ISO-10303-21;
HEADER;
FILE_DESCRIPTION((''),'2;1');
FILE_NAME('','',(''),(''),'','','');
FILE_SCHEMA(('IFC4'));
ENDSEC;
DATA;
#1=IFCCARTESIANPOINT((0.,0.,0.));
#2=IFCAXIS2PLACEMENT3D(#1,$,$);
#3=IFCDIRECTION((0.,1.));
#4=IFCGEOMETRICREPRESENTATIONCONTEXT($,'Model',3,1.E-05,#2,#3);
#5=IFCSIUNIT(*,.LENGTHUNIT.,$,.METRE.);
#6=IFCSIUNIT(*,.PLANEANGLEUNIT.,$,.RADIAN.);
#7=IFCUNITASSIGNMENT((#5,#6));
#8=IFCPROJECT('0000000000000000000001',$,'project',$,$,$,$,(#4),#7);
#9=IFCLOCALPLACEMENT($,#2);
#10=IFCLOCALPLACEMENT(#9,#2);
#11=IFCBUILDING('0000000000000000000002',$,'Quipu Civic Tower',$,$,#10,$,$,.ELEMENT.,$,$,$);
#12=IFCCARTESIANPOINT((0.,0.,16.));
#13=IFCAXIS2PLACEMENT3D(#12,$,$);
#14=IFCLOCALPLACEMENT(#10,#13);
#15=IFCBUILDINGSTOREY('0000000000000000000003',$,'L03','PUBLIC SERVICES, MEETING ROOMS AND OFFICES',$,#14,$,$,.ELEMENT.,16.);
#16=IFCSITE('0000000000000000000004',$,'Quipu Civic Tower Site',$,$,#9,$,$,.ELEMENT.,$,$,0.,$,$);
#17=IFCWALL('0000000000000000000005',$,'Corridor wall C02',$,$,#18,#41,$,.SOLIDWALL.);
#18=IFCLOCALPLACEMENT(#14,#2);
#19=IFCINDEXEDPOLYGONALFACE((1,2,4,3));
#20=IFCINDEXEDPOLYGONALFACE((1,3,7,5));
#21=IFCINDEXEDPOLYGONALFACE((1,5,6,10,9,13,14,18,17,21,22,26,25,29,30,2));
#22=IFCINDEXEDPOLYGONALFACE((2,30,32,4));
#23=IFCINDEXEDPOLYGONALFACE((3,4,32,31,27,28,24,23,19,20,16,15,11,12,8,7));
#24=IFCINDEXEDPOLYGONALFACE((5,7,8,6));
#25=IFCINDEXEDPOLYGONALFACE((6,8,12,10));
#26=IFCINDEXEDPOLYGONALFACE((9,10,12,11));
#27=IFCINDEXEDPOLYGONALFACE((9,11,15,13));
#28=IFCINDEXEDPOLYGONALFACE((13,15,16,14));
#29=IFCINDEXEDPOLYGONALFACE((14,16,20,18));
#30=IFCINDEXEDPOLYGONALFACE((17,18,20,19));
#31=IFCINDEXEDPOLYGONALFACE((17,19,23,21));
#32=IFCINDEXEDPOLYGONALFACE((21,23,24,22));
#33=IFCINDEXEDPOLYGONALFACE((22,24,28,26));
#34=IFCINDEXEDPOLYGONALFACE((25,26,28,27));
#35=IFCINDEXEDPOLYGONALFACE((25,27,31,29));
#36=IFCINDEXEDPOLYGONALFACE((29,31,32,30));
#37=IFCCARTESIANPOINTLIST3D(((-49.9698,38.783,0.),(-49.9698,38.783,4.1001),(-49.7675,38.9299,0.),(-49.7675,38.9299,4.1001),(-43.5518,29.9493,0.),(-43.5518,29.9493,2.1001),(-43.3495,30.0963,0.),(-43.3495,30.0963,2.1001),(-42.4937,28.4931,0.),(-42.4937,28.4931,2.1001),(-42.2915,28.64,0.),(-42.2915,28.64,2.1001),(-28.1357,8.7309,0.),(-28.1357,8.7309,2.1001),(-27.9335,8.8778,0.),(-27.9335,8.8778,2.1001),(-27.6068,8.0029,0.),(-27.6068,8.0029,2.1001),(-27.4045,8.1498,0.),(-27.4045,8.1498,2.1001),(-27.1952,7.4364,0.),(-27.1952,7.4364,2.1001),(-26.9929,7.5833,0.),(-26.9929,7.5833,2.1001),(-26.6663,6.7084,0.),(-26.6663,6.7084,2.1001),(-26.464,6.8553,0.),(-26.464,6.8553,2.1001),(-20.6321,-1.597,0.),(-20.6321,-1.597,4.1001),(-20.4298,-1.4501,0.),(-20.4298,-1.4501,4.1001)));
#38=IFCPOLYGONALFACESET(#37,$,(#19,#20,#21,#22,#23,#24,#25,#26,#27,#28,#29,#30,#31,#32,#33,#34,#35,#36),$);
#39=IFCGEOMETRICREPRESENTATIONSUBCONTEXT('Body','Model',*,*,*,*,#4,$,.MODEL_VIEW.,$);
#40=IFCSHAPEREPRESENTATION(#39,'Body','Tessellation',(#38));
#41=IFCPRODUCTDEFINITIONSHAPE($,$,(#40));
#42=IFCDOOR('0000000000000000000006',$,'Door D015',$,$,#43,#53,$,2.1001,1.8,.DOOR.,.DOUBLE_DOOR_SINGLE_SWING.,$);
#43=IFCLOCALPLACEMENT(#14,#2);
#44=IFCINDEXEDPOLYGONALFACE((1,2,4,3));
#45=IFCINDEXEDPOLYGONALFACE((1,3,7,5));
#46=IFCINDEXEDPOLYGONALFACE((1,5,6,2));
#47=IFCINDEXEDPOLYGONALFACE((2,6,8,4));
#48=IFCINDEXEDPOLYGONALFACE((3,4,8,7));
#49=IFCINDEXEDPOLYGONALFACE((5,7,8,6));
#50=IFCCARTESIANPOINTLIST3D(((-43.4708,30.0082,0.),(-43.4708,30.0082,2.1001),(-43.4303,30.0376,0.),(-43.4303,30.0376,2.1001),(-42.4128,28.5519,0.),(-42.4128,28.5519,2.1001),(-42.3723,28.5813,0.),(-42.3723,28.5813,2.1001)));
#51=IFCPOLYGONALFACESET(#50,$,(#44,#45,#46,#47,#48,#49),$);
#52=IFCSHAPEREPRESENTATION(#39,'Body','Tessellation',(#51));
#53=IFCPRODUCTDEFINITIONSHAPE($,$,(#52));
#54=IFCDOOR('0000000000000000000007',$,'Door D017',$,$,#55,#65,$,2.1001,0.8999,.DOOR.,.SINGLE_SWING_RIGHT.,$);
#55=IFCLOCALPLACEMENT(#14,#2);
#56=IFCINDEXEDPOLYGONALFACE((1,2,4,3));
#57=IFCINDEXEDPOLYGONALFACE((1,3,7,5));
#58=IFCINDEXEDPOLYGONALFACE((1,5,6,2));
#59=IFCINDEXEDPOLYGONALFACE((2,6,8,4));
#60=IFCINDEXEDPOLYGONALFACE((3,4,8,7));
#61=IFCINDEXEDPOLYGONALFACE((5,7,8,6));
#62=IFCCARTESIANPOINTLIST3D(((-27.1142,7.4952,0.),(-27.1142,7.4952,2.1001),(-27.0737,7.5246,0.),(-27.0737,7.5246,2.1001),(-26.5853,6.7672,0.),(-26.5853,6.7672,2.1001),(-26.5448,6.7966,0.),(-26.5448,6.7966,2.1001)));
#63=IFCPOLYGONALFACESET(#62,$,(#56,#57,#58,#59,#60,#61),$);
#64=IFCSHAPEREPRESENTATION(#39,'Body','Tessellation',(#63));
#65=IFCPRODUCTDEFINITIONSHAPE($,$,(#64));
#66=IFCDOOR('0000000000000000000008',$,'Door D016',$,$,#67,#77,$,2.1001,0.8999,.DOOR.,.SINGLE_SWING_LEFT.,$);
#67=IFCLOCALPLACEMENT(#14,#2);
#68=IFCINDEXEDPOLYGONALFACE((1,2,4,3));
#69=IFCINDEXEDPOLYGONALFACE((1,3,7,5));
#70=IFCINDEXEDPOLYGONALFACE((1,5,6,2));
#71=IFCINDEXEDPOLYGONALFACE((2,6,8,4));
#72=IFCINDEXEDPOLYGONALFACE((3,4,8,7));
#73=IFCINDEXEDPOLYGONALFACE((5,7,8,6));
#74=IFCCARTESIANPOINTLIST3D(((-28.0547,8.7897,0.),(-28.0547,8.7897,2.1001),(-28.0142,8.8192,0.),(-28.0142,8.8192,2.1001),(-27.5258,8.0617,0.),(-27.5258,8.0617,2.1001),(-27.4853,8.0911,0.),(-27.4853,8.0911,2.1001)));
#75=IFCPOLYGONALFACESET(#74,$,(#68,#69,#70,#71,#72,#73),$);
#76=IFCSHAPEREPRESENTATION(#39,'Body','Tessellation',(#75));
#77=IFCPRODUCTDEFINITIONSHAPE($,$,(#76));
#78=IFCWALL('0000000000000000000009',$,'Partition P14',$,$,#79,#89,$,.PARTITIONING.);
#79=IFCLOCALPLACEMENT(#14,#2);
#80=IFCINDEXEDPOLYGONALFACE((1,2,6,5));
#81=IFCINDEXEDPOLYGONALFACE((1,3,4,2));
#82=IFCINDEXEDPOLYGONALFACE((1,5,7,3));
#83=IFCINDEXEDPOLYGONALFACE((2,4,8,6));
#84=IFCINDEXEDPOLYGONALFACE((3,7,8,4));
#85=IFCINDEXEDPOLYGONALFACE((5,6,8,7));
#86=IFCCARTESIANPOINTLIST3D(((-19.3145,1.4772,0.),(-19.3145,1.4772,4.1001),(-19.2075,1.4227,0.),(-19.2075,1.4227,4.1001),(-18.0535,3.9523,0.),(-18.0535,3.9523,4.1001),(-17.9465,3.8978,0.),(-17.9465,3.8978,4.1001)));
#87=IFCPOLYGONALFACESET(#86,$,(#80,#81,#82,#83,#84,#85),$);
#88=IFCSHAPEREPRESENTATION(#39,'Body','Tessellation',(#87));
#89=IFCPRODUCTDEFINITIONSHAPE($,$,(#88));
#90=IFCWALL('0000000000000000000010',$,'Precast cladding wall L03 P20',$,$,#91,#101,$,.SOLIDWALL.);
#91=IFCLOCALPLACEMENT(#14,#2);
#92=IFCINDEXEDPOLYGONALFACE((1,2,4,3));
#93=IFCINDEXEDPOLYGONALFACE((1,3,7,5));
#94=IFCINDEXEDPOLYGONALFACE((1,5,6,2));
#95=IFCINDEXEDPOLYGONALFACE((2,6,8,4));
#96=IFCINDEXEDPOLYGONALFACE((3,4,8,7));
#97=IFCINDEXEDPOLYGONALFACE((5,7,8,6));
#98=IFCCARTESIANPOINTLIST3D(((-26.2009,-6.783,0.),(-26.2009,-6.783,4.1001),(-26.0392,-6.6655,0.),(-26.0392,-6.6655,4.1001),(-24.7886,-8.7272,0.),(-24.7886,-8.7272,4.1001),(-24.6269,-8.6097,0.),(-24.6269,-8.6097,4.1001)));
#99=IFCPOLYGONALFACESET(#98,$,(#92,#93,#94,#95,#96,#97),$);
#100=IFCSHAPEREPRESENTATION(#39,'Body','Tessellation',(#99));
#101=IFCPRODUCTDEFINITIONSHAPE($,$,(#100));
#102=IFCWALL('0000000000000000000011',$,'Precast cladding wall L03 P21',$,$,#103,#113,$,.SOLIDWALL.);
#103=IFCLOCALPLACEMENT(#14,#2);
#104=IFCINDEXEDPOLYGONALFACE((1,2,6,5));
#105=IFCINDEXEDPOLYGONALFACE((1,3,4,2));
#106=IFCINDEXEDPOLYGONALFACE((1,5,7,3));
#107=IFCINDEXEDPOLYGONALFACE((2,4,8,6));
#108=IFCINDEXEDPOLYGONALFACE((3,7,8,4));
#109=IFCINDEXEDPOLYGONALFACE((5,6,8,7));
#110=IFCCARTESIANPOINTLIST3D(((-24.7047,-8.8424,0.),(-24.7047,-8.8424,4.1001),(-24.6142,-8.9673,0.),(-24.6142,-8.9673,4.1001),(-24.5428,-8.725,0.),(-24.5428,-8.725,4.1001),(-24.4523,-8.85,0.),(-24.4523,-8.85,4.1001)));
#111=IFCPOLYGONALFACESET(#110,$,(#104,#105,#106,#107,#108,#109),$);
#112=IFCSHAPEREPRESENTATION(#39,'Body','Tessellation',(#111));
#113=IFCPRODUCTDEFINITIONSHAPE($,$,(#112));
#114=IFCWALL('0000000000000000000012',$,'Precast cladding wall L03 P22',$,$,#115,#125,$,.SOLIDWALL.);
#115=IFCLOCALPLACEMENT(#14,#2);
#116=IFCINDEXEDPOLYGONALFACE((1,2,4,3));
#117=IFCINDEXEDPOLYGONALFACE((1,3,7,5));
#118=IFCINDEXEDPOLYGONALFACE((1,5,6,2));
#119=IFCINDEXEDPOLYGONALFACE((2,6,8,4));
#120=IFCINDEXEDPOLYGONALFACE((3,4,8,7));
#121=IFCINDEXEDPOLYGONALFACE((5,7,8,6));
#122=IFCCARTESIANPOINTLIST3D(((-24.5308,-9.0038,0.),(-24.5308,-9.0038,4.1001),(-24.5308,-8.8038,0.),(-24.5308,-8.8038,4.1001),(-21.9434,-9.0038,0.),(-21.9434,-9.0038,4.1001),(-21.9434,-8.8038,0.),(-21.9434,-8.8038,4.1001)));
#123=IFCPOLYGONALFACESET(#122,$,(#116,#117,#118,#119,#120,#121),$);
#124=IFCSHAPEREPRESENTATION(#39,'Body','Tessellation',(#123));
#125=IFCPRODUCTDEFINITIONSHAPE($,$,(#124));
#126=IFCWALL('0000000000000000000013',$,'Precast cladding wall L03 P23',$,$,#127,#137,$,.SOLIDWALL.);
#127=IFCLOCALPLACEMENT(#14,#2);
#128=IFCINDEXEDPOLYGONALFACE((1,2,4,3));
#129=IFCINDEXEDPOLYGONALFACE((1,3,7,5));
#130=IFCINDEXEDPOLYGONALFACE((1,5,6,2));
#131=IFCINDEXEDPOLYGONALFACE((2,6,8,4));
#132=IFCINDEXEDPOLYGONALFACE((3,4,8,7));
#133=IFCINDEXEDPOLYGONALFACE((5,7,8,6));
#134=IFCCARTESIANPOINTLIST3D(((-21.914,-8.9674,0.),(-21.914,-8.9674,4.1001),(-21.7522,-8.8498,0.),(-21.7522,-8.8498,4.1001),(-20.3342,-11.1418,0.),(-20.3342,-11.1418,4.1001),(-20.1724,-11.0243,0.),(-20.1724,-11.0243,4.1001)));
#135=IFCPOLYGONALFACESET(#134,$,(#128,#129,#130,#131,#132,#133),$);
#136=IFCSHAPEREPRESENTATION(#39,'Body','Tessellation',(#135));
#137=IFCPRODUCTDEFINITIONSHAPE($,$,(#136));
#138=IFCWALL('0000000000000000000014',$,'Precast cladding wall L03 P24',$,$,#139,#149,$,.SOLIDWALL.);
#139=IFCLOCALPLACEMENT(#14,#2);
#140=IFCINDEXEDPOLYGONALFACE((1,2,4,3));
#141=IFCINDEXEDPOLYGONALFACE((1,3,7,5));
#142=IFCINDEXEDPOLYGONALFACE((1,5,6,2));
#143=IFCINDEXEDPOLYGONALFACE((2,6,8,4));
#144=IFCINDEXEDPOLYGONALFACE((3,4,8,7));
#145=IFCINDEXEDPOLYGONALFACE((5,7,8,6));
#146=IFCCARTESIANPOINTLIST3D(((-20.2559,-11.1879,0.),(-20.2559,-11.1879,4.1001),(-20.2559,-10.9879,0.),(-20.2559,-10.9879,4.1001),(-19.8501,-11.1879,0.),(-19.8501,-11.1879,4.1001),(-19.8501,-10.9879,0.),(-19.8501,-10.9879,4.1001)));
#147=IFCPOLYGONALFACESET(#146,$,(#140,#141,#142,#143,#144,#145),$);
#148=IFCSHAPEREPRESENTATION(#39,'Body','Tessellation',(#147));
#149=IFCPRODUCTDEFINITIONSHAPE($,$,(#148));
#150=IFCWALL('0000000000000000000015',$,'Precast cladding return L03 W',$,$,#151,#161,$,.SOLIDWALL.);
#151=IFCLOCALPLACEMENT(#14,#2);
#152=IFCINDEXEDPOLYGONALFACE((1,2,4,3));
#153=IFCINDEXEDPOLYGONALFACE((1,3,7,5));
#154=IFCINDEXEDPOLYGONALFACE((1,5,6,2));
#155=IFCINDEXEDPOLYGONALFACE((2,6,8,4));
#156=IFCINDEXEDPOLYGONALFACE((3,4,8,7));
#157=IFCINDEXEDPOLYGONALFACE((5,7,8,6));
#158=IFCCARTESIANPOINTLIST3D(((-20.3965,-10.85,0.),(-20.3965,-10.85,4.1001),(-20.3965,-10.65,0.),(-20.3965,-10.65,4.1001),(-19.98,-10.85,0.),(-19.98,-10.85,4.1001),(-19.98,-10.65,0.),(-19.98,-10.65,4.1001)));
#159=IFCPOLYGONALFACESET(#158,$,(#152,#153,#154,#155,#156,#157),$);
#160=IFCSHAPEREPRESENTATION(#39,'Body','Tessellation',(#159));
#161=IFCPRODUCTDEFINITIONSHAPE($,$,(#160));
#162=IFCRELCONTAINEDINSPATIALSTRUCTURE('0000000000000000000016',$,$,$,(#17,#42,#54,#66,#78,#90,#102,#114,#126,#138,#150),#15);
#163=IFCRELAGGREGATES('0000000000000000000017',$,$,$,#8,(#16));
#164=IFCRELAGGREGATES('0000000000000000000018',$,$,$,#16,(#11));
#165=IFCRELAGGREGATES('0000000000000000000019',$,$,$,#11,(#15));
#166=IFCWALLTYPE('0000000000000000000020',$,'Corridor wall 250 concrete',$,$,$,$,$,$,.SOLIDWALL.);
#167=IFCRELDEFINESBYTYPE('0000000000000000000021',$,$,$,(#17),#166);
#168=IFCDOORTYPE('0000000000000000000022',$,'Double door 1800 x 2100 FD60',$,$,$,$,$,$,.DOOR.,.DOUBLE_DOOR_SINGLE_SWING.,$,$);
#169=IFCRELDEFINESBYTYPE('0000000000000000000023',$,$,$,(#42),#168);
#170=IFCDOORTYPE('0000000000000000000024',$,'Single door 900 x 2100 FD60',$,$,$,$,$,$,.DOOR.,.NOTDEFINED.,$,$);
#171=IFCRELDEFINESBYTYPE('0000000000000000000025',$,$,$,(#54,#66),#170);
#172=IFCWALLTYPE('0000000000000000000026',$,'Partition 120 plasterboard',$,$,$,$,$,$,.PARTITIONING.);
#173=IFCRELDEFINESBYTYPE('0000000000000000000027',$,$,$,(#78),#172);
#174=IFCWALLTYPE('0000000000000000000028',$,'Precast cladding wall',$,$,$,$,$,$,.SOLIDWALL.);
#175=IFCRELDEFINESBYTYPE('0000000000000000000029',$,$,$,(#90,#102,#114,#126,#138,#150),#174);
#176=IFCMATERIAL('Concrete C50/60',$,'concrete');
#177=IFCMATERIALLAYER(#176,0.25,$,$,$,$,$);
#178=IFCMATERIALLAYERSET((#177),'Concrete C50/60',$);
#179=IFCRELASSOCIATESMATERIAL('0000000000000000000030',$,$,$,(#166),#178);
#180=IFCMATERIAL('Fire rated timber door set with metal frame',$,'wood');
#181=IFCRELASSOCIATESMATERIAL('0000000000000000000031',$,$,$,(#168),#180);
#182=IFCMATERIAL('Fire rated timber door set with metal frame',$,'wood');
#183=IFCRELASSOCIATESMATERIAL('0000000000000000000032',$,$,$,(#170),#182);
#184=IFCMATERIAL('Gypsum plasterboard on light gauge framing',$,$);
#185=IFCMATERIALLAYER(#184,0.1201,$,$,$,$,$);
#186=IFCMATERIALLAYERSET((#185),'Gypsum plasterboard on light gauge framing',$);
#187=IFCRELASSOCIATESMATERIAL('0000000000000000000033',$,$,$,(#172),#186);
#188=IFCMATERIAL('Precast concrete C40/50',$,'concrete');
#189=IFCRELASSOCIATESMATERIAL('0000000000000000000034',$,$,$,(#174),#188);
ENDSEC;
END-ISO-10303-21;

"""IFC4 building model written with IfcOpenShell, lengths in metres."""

from ifc_helpers import new_model, si_unit, direction, frame, frame_2d, origin, place, context, subcontext, project, spatial, rectangle, extrude, material, layer, layer_set, type_object, element, fill, save


model = new_model("IFC4")

# Units and contexts
model_context = context("Model", 3, precision=1e-05, world=origin(), true_north=direction((0.0, 1.0)))
body_context = subcontext(model_context, "Body", "Model", "MODEL_VIEW")
ifc_project = project(units=[si_unit("LENGTHUNIT", "METRE"), si_unit("PLANEANGLEUNIT", "RADIAN")], contexts=[model_context])

# Site, building, storey
site_placement = place(None, origin())
site = spatial("IfcSite", under=ifc_project, at=site_placement, Name="Quipu Civic Tower Site", CompositionType="ELEMENT", RefElevation=0.0)
building_placement = place(site_placement, origin())
building = spatial("IfcBuilding", under=site, at=building_placement, Name="Quipu Civic Tower", CompositionType="ELEMENT")
storey_placement = place(building_placement, frame((0.0, 0.0, 16.0)))
storey = spatial("IfcBuildingStorey", under=building, at=storey_placement, Name="L03", Description="PUBLIC SERVICES, MEETING ROOMS AND OFFICES", CompositionType="ELEMENT", Elevation=16.0)

# Wall, openings, doors
ifc_material_1 = material(Name="Concrete C50/60", Category="concrete")
ifc_layer_1 = layer(ifc_material_1, 0.25)
ifc_layer_set_1 = layer_set([ifc_layer_1], Name="Concrete C50/60")
wall_type_1 = type_object("IfcWallType", Name="Corridor wall 250 concrete", PredefinedType="SOLIDWALL", material=ifc_layer_set_1)
wall_1_placement = place(storey_placement, frame((-20.531, -1.5234, 0.0), z_axis=(0.0, 0.0, 1.0), x_axis=(-0.587785, 0.809018, 0.0)))
wall_1 = element("IfcWall", 1, at=wall_1_placement, inside=storey, type_object=wall_type_1, Name="Corridor wall C02", PredefinedType="SOLIDWALL", context=body_context, shape_type="SweptSolid", body=[
    extrude(rectangle(XDim=49.9124, YDim=0.25, at=frame_2d((24.9561, 0.0))), origin(), (0.0, 0.0, 1.0), 4.1001),
])
opening_1_placement = place(wall_1_placement, frame((10.2659, 0.0, 0.0)))
opening_1 = element("IfcOpeningElement", 2, at=opening_1_placement, cuts=wall_1, PredefinedType="OPENING", context=body_context, shape_type="SweptSolid", body=[
    extrude(rectangle(XDim=0.8999, YDim=2.1001, at=frame_2d((0.45, 1.05))), frame((0.0, 0.135, 0.0), z_axis=(0.0, -1.0, 0.0), x_axis=(1.0, 0.0, 0.0)), (0.0, 0.0, 1.0), 0.27),
])
opening_2_placement = place(wall_1_placement, frame((37.1934, 0.0, 0.0)))
opening_2 = element("IfcOpeningElement", 3, at=opening_2_placement, cuts=wall_1, PredefinedType="OPENING", context=body_context, shape_type="SweptSolid", body=[
    extrude(rectangle(XDim=1.8, YDim=2.1001, at=frame_2d((0.8999, 1.05))), frame((0.0, 0.135, 0.0), z_axis=(0.0, -1.0, 0.0), x_axis=(1.0, 0.0, 0.0)), (0.0, 0.0, 1.0), 0.27),
])
opening_3_placement = place(wall_1_placement, frame((11.866, 0.0, 0.0)))
opening_3 = element("IfcOpeningElement", 4, at=opening_3_placement, cuts=wall_1, PredefinedType="OPENING", context=body_context, shape_type="SweptSolid", body=[
    extrude(rectangle(XDim=0.8999, YDim=2.1001, at=frame_2d((0.45, 1.05))), frame((0.0, 0.135, 0.0), z_axis=(0.0, -1.0, 0.0), x_axis=(1.0, 0.0, 0.0)), (0.0, 0.0, 1.0), 0.27),
])
ifc_material_2 = material(Name="Fire rated timber door set with metal frame", Category="wood")
door_type_1 = type_object("IfcDoorType", Name="Double door 1800 x 2100 FD60", OperationType="DOUBLE_DOOR_SINGLE_SWING", PredefinedType="DOOR", material=ifc_material_2)
door_1_placement = place(opening_2_placement, origin())
door_1 = element("IfcDoor", 5, at=door_1_placement, inside=storey, type_object=door_type_1, Name="Door D015", OperationType="DOUBLE_DOOR_SINGLE_SWING", OverallHeight=2.1001, OverallWidth=1.8, PredefinedType="DOOR", context=body_context, shape_type="SweptSolid", body=[
    extrude(rectangle(XDim=1.8, YDim=2.1001, at=frame_2d((0.8999, 1.05))), frame((0.0, 0.0249, 0.0), z_axis=(0.0, -1.0, 0.0), x_axis=(1.0, 0.0, 0.0)), (0.0, 0.0, 1.0), 0.05),
])
fill(opening_2, door_1)
ifc_material_3 = material(Name="Fire rated timber door set with metal frame", Category="wood")
door_type_2 = type_object("IfcDoorType", Name="Single door 900 x 2100 FD60", OperationType="NOTDEFINED", PredefinedType="DOOR", material=ifc_material_3)
door_2_placement = place(opening_1_placement, origin())
door_2 = element("IfcDoor", 6, at=door_2_placement, inside=storey, type_object=door_type_2, Name="Door D017", OperationType="SINGLE_SWING_RIGHT", OverallHeight=2.1001, OverallWidth=0.8999, PredefinedType="DOOR", context=body_context, shape_type="SweptSolid", body=[
    extrude(rectangle(XDim=0.8999, YDim=2.1001, at=frame_2d((0.45, 1.05))), frame((0.0, 0.0249, 0.0), z_axis=(0.0, -1.0, 0.0), x_axis=(1.0, 0.0, 0.0)), (0.0, 0.0, 1.0), 0.05),
])
fill(opening_1, door_2)
door_3_placement = place(opening_3_placement, origin())
door_3 = element("IfcDoor", 7, at=door_3_placement, inside=storey, type_object=door_type_2, Name="Door D016", OperationType="SINGLE_SWING_LEFT", OverallHeight=2.1001, OverallWidth=0.8999, PredefinedType="DOOR", context=body_context, shape_type="SweptSolid", body=[
    extrude(rectangle(XDim=0.8999, YDim=2.1001, at=frame_2d((0.45, 1.05))), frame((0.0, 0.0249, 0.0), z_axis=(0.0, -1.0, 0.0), x_axis=(1.0, 0.0, 0.0)), (0.0, 0.0, 1.0), 0.05),
])
fill(opening_3, door_3)

# Walls
ifc_material_4 = material(Name="Gypsum plasterboard on light gauge framing")
ifc_layer_2 = layer(ifc_material_4, 0.1201)
ifc_layer_set_2 = layer_set([ifc_layer_2], Name="Gypsum plasterboard on light gauge framing")
wall_type_2 = type_object("IfcWallType", Name="Partition 120 plasterboard", PredefinedType="PARTITIONING", material=ifc_layer_set_2)
wall_2_placement = place(storey_placement, frame((-19.261, 1.45, 0.0), z_axis=(0.0, 0.0, 1.0), x_axis=(0.453951, 0.891027, 0.0)))
element("IfcWall", 8, at=wall_2_placement, inside=storey, type_object=wall_type_2, Name="Partition P14", PredefinedType="PARTITIONING", context=body_context, shape_type="SweptSolid", body=[
    extrude(rectangle(XDim=2.7778, YDim=0.1201, at=frame_2d((1.3889, 0.0))), origin(), (0.0, 0.0, 1.0), 4.1001),
])
ifc_material_5 = material(Name="Precast concrete C40/50", Category="concrete")
wall_type_3 = type_object("IfcWallType", Name="Precast cladding wall", PredefinedType="SOLIDWALL", material=ifc_material_5)
wall_3_placement = place(storey_placement, frame((-26.1201, -6.7241, 0.0), z_axis=(0.0, 0.0, 1.0), x_axis=(0.587706, -0.809074, 0.0)))
element("IfcWall", 9, at=wall_3_placement, inside=storey, type_object=wall_type_3, Name="Precast cladding wall L03 P20", PredefinedType="SOLIDWALL", context=body_context, shape_type="SweptSolid", body=[
    extrude(rectangle(XDim=2.4031, YDim=0.2, at=frame_2d((1.2017, 0.0))), origin(), (0.0, 0.0, 1.0), 4.1001),
])
wall_4_placement = place(storey_placement, frame((-24.6238, -8.7837, 0.0), z_axis=(0.0, 0.0, 1.0), x_axis=(0.58676, -0.809761, 0.0)))
element("IfcWall", 10, at=wall_4_placement, inside=storey, type_object=wall_type_3, Name="Precast cladding wall L03 P21", PredefinedType="SOLIDWALL", context=body_context, shape_type="SweptSolid", body=[
    extrude(rectangle(XDim=0.1543, YDim=0.2, at=frame_2d((0.0771, 0.0))), origin(), (0.0, 0.0, 1.0), 4.1001),
])
wall_5_placement = place(storey_placement, frame((-24.5308, -8.9038, 0.0), z_axis=(0.0, 0.0, 1.0), x_axis=(1.0, 0.0, 0.0)))
element("IfcWall", 11, at=wall_5_placement, inside=storey, type_object=wall_type_3, Name="Precast cladding wall L03 P22", PredefinedType="SOLIDWALL", context=body_context, shape_type="SweptSolid", body=[
    extrude(rectangle(XDim=2.5874, YDim=0.2, at=frame_2d((1.2937, 0.0))), origin(), (0.0, 0.0, 1.0), 4.1001),
])
wall_6_placement = place(storey_placement, frame((-21.833, -8.9087, 0.0), z_axis=(0.0, 0.0, 1.0), x_axis=(0.587767, -0.809031, 0.0)))
element("IfcWall", 12, at=wall_6_placement, inside=storey, type_object=wall_type_3, Name="Precast cladding wall L03 P23", PredefinedType="SOLIDWALL", context=body_context, shape_type="SweptSolid", body=[
    extrude(rectangle(XDim=2.6877, YDim=0.2, at=frame_2d((1.3438, 0.0))), origin(), (0.0, 0.0, 1.0), 4.1001),
])
wall_7_placement = place(storey_placement, frame((-20.2559, -11.0879, 0.0), z_axis=(0.0, 0.0, 1.0), x_axis=(1.0, 0.0, 0.0)))
element("IfcWall", 13, at=wall_7_placement, inside=storey, type_object=wall_type_3, Name="Precast cladding wall L03 P24", PredefinedType="SOLIDWALL", context=body_context, shape_type="SweptSolid", body=[
    extrude(rectangle(XDim=0.4058, YDim=0.2, at=frame_2d((0.2029, 0.0))), origin(), (0.0, 0.0, 1.0), 4.1001),
])
wall_8_placement = place(storey_placement, frame((-19.98, -10.75, 0.0), z_axis=(0.0, 0.0, 1.0), x_axis=(-1.0, 0.0, 0.0)))
element("IfcWall", 14, at=wall_8_placement, inside=storey, type_object=wall_type_3, Name="Precast cladding return L03 W", PredefinedType="SOLIDWALL", context=body_context, shape_type="SweptSolid", body=[
    extrude(rectangle(XDim=0.4165, YDim=0.2, at=frame_2d((0.2083, 0.0))), origin(), (0.0, 0.0, 1.0), 4.1001),
])

save(model, "model.ifc")
